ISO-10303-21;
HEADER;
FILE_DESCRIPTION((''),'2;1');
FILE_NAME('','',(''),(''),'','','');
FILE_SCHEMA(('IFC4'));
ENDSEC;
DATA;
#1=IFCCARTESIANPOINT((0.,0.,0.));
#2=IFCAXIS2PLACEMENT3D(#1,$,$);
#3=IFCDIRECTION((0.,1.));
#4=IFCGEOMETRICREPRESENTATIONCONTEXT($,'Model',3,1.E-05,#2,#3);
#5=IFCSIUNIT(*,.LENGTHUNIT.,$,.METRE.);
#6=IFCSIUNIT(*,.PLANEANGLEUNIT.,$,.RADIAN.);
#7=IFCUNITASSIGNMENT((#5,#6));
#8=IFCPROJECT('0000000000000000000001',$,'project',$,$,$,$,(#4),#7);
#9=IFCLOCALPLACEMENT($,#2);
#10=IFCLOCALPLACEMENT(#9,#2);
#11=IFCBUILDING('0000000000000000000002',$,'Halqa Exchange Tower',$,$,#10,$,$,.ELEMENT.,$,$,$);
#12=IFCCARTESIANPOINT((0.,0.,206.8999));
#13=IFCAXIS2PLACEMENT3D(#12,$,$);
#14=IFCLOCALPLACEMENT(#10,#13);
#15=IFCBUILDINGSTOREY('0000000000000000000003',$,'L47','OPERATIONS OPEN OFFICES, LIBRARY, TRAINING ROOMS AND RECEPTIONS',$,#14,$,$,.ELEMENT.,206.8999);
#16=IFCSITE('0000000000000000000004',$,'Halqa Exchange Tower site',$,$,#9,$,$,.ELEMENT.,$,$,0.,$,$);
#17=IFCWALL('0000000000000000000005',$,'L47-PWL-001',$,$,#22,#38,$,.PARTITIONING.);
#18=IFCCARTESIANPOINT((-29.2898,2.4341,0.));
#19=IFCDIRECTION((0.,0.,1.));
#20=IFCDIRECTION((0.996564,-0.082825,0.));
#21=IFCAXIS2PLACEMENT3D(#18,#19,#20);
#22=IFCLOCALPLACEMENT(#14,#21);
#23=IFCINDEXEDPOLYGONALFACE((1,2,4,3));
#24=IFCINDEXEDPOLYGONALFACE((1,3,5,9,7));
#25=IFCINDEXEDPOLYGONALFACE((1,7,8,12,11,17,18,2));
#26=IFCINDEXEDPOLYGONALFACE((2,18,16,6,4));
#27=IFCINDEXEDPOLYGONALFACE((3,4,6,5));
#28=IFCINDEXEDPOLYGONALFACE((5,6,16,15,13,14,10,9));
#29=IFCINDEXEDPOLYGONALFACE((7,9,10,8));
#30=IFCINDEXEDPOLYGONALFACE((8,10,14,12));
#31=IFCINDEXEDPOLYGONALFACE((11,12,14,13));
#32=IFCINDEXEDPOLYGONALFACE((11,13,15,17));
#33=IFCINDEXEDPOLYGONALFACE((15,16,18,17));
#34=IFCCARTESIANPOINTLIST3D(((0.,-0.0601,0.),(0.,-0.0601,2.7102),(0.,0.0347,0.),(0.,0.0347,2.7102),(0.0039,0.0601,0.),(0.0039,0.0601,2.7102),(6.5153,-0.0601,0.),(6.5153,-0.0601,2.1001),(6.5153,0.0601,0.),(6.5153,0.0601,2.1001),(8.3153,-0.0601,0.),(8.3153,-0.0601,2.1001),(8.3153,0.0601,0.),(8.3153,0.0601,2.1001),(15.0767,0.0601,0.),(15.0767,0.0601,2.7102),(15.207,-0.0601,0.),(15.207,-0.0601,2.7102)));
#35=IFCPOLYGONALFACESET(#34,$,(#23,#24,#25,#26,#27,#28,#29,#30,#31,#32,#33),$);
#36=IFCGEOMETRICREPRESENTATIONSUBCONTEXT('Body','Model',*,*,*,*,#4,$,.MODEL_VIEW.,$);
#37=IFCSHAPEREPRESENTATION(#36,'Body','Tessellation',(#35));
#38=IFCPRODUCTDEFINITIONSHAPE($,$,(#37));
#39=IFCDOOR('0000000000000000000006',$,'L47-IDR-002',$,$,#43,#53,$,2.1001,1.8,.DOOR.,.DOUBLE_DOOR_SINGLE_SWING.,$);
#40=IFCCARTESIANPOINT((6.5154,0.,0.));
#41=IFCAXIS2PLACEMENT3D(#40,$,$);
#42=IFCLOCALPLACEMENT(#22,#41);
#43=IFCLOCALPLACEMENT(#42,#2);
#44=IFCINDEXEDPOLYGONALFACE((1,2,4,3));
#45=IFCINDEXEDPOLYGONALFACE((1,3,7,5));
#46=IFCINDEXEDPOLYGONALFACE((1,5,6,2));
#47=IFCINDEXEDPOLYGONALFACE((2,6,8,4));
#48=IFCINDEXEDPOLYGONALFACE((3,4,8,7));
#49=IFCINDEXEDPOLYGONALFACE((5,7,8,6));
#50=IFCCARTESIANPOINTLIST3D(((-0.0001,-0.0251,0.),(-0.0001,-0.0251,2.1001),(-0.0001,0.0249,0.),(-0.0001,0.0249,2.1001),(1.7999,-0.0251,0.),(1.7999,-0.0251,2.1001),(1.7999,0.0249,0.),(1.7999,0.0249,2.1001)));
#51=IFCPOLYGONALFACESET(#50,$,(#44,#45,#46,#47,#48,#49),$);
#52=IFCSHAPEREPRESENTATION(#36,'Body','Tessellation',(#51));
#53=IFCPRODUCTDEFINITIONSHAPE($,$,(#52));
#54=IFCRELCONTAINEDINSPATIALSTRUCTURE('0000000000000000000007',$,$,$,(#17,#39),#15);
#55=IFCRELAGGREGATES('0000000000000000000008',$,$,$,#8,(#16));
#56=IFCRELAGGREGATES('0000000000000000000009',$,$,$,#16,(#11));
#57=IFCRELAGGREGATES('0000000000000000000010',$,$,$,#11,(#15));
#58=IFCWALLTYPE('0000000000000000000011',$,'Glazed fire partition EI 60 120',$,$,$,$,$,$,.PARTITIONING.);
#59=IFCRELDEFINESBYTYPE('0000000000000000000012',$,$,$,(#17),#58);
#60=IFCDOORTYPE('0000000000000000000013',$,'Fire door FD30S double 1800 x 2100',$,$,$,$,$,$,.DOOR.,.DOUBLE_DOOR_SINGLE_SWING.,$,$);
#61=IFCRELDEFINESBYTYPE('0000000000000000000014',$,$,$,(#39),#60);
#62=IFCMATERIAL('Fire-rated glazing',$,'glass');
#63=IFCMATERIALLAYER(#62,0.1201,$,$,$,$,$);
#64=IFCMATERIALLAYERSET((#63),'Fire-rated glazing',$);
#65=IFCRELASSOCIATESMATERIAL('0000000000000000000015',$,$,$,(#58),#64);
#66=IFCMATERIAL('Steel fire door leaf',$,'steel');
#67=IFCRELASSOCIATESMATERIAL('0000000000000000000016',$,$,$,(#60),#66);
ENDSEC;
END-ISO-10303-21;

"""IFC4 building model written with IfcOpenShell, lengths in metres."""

from ifc_helpers import new_model, si_unit, direction, frame, frame_2d, origin, place, context, subcontext, project, spatial, polyline, rectangle, outline, extrude, material, layer, layer_set, type_object, element, fill, save


model = new_model("IFC4")

# Units and contexts
model_context = context("Model", 3, precision=1e-05, world=origin(), true_north=direction((0.0, 1.0)))
body_context = subcontext(model_context, "Body", "Model", "MODEL_VIEW")
ifc_project = project(units=[si_unit("LENGTHUNIT", "METRE"), si_unit("PLANEANGLEUNIT", "RADIAN")], contexts=[model_context])

# Site, building, storey
site_placement = place(None, origin())
site = spatial("IfcSite", under=ifc_project, at=site_placement, Name="Halqa Exchange Tower site", CompositionType="ELEMENT", RefElevation=0.0)
building_placement = place(site_placement, origin())
building = spatial("IfcBuilding", under=site, at=building_placement, Name="Halqa Exchange Tower", CompositionType="ELEMENT")
storey_placement = place(building_placement, frame((0.0, 0.0, 206.8999)))
storey = spatial("IfcBuildingStorey", under=building, at=storey_placement, Name="L47", Description="OPERATIONS OPEN OFFICES, LIBRARY, TRAINING ROOMS AND RECEPTIONS", CompositionType="ELEMENT", Elevation=206.8999)

# Wall, opening, door
ifc_material_1 = material(Name="Fire-rated glazing", Category="glass")
ifc_layer_1 = layer(ifc_material_1, 0.1201)
ifc_layer_set_1 = layer_set([ifc_layer_1], Name="Fire-rated glazing")
wall_type_1 = type_object("IfcWallType", Name="Glazed fire partition EI 60 120", PredefinedType="PARTITIONING", material=ifc_layer_set_1)
wall_1_placement = place(storey_placement, frame((-29.2898, 2.4341, 0.0), z_axis=(0.0, 0.0, 1.0), x_axis=(0.996564, -0.082825, 0.0)))
wall_1 = element("IfcWall", 1, at=wall_1_placement, inside=storey, type_object=wall_type_1, Name="L47-PWL-001", PredefinedType="PARTITIONING", context=body_context, shape_type="SweptSolid", body=[
    extrude(outline(polyline([(15.207, -0.0601), (15.207, -0.0601), (15.207, -0.0601), (15.207, -0.0601), (15.1418, 0.0), (15.0767, 0.0601), (13.1924, 0.0601), (11.3083, 0.0601), (9.4243, 0.0601), (7.5403, 0.0601), (5.656, 0.0601), (3.772, 0.0601), (1.8879, 0.0601), (0.0039, 0.0601), (0.0, 0.0347), (0.0, -0.0601), (1.9009, -0.0601), (3.8018, -0.0601), (5.7026, -0.0601), (7.6035, -0.0601), (9.5044, -0.0601), (11.4053, -0.0601), (13.3062, -0.0601), (15.207, -0.0601)])), origin(), (0.0, 0.0, 1.0), 2.7102),
])
opening_1_placement = place(wall_1_placement, frame((6.5154, 0.0, 0.0)))
opening_1 = element("IfcOpeningElement", 2, at=opening_1_placement, cuts=wall_1, PredefinedType="OPENING", context=body_context, shape_type="SweptSolid", body=[
    extrude(rectangle(XDim=1.8, YDim=2.1001, at=frame_2d((0.8999, 1.05))), frame((0.0, 0.072, 0.0), z_axis=(0.0, -1.0, 0.0), x_axis=(1.0, 0.0, 0.0)), (0.0, 0.0, 1.0), 0.144),
])
ifc_material_2 = material(Name="Steel fire door leaf", Category="steel")
door_type_1 = type_object("IfcDoorType", Name="Fire door FD30S double 1800 x 2100", OperationType="DOUBLE_DOOR_SINGLE_SWING", PredefinedType="DOOR", material=ifc_material_2)
door_1_placement = place(opening_1_placement, origin())
door_1 = element("IfcDoor", 3, at=door_1_placement, inside=storey, type_object=door_type_1, Name="L47-IDR-002", OperationType="DOUBLE_DOOR_SINGLE_SWING", OverallHeight=2.1001, OverallWidth=1.8, PredefinedType="DOOR", context=body_context, shape_type="SweptSolid", body=[
    extrude(rectangle(XDim=1.8, YDim=2.1001, at=frame_2d((0.8999, 1.05))), frame((0.0, 0.0249, 0.0), z_axis=(0.0, -1.0, 0.0), x_axis=(1.0, 0.0, 0.0)), (0.0, 0.0, 1.0), 0.05),
])
fill(opening_1, door_1)

save(model, "model.ifc")
